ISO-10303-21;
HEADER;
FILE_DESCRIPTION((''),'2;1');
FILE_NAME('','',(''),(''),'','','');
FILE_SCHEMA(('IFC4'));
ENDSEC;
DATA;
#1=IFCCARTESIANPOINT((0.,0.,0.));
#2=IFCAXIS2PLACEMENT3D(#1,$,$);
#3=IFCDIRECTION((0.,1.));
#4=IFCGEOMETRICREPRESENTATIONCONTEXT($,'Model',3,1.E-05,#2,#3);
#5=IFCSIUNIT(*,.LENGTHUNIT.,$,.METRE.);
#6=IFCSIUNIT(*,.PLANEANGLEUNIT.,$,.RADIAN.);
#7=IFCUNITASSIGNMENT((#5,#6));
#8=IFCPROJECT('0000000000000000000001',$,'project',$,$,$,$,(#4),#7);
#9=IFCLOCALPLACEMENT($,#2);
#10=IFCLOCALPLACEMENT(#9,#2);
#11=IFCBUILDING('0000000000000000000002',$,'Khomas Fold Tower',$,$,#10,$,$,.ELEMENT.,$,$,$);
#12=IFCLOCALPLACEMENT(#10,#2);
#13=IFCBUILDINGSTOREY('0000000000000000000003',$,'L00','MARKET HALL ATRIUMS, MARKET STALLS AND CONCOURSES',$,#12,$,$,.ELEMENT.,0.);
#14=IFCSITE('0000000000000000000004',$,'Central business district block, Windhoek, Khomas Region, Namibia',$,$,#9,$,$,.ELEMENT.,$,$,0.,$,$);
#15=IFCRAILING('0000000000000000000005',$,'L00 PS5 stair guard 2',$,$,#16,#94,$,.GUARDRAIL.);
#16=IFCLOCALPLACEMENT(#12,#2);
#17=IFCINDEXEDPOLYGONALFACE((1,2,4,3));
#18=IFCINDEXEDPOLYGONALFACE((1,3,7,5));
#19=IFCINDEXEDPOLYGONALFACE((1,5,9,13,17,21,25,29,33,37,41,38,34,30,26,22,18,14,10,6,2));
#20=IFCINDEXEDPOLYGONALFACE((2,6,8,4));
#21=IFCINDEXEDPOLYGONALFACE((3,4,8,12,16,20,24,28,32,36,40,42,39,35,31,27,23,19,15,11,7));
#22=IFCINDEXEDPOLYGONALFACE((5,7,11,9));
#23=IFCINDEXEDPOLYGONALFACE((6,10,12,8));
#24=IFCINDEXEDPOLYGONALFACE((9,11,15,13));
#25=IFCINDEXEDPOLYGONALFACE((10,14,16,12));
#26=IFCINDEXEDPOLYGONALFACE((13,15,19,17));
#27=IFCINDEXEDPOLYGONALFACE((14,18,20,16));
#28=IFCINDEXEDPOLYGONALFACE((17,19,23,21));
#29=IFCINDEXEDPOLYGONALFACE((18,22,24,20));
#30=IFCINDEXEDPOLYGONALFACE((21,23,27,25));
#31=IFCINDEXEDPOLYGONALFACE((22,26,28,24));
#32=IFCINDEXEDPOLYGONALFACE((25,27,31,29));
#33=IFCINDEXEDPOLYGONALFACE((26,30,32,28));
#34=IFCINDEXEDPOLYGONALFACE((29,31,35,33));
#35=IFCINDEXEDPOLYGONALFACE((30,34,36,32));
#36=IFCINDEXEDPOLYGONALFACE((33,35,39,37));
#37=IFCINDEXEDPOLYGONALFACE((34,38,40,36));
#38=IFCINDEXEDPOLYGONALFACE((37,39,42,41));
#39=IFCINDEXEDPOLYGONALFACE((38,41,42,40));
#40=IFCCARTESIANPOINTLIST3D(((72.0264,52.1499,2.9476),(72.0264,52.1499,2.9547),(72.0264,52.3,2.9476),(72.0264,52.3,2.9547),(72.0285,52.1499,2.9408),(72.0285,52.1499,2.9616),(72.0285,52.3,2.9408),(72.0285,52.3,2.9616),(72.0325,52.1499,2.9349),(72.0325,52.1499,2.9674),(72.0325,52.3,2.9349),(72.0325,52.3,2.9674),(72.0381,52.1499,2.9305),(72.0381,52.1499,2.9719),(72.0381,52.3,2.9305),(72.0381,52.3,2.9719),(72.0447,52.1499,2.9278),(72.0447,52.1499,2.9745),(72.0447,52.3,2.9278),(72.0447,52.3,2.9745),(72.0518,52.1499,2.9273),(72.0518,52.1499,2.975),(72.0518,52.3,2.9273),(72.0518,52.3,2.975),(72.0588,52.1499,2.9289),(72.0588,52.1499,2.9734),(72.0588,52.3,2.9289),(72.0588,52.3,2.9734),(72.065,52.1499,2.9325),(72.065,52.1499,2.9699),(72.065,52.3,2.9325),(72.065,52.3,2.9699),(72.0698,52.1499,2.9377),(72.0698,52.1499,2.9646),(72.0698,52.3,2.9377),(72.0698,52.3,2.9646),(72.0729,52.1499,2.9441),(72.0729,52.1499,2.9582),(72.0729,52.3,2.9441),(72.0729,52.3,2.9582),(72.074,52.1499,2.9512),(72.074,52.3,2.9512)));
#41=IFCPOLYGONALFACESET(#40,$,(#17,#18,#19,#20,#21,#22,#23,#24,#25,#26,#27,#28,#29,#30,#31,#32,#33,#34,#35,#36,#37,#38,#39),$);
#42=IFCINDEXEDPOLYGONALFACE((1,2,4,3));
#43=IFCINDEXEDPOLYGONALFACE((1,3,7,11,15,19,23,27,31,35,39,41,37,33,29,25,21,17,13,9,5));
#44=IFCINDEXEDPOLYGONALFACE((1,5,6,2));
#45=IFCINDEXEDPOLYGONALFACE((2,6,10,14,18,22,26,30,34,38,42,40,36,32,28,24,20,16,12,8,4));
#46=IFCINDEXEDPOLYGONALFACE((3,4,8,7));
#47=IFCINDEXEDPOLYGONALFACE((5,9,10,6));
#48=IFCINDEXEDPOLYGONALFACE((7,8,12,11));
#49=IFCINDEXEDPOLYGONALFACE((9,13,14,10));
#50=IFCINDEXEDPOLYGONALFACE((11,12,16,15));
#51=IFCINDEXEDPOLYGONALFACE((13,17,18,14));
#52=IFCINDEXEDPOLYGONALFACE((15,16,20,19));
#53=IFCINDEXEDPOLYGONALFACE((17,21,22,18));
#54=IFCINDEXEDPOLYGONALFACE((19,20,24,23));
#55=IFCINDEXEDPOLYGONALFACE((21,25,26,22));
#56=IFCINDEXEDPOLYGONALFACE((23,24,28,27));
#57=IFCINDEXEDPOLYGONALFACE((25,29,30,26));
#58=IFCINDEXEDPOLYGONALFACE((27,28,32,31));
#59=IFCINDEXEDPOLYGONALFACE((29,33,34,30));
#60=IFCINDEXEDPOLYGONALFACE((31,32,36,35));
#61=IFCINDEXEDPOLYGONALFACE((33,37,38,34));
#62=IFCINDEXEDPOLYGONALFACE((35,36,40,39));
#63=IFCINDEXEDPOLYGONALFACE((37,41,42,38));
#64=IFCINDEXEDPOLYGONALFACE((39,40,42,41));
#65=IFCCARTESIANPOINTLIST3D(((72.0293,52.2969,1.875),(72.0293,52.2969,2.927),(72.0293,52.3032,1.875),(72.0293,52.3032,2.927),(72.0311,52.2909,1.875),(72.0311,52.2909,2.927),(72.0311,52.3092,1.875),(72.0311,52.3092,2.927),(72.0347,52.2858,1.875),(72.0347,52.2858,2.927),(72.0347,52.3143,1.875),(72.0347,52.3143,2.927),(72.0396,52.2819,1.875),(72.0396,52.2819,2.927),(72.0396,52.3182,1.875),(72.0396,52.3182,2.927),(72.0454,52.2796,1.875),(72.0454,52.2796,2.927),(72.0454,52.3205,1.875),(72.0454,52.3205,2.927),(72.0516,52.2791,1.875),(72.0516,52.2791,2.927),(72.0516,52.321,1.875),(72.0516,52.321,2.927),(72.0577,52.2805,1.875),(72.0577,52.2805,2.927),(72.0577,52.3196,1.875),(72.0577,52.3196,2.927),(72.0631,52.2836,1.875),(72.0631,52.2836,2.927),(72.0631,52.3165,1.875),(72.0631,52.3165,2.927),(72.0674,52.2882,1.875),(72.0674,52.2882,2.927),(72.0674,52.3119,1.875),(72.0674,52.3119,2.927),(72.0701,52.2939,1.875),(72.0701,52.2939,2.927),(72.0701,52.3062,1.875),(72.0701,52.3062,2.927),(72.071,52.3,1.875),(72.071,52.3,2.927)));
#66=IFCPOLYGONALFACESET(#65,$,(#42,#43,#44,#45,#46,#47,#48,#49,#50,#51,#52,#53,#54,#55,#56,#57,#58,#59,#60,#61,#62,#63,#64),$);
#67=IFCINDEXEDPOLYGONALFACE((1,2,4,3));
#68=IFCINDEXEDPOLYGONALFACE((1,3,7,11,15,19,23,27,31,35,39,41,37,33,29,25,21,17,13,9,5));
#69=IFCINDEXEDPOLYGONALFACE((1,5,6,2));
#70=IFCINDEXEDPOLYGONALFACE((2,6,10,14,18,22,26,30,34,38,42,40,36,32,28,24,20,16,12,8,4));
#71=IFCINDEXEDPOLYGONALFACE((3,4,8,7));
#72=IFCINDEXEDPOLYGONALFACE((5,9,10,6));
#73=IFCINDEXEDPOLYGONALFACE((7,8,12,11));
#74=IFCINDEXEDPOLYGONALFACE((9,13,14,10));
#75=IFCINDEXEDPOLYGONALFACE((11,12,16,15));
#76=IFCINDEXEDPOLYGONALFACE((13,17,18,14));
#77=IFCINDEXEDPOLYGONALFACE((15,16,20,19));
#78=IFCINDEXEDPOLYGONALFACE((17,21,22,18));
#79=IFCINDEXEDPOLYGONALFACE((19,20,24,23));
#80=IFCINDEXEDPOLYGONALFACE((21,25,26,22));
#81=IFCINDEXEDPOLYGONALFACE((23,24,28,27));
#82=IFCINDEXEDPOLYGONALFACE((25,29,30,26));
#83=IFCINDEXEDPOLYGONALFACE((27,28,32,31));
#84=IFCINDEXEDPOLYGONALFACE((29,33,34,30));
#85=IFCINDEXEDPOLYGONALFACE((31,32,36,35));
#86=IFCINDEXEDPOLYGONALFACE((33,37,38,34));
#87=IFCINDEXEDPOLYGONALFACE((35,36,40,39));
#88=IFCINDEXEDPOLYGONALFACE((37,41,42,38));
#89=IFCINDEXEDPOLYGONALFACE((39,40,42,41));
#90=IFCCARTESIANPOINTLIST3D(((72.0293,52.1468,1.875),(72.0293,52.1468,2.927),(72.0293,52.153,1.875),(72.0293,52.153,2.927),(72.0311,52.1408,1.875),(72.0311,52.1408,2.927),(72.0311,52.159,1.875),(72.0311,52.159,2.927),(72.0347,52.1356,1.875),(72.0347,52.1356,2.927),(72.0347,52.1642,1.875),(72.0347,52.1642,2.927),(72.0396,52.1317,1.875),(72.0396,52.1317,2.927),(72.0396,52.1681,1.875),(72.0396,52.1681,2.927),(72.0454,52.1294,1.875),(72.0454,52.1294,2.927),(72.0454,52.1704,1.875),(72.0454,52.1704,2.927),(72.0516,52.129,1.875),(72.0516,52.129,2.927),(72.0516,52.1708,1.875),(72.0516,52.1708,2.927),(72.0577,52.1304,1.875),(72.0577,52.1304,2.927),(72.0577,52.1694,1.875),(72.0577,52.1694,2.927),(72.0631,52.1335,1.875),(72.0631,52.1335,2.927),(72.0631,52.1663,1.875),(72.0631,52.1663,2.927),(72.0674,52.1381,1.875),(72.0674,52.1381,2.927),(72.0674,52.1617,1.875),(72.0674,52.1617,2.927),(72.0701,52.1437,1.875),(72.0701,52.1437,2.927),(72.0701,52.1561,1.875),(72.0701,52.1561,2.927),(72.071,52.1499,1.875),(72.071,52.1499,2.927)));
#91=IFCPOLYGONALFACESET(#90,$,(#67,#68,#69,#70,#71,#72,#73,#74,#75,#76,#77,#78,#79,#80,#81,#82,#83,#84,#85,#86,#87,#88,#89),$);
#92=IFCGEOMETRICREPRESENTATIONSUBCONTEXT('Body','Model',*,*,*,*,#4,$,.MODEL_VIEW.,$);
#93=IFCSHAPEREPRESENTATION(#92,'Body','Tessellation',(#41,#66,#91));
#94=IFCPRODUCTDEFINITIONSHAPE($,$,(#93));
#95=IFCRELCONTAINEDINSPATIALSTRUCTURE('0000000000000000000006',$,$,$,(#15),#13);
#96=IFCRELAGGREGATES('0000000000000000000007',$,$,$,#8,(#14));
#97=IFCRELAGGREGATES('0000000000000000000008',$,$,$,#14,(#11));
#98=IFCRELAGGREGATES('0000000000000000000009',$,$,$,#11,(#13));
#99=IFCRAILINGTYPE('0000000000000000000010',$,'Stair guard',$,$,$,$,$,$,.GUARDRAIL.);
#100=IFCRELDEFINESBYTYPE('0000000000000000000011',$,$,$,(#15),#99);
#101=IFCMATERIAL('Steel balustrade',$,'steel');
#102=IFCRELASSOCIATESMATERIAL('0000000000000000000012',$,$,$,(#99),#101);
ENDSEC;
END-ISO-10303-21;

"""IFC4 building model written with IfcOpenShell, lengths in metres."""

from ifc_helpers import new_model, si_unit, direction, frame, origin, origin_2d, place, context, subcontext, project, spatial, circle, extrude, source, transform, mapped, material, type_object, element, save


model = new_model("IFC4")

# Units and contexts
model_context = context("Model", 3, precision=1e-05, world=origin(), true_north=direction((0.0, 1.0)))
body_context = subcontext(model_context, "Body", "Model", "MODEL_VIEW")
ifc_project = project(units=[si_unit("LENGTHUNIT", "METRE"), si_unit("PLANEANGLEUNIT", "RADIAN")], contexts=[model_context])

# Site, building, storey
site_placement = place(None, origin())
site = spatial("IfcSite", under=ifc_project, at=site_placement, Name="Central business district block, Windhoek, Khomas Region, Namibia", CompositionType="ELEMENT", RefElevation=0.0)
building_placement = place(site_placement, origin())
building = spatial("IfcBuilding", under=site, at=building_placement, Name="Khomas Fold Tower", CompositionType="ELEMENT")
storey_placement = place(building_placement, origin())
storey = spatial("IfcBuildingStorey", under=building, at=storey_placement, Name="L00", Description="MARKET HALL ATRIUMS, MARKET STALLS AND CONCOURSES", CompositionType="ELEMENT", Elevation=0.0)

# Railing
ifc_material_1 = material(Name="Steel balustrade", Category="steel")
railing_type = type_object("IfcRailingType", Name="Stair guard", PredefinedType="GUARDRAIL", material=ifc_material_1)
shared_shape_1 = source(origin(), body_context, "Body", "SweptSolid", [
    extrude(circle(Radius=0.0239, at=origin_2d()), frame((0.0, 0.0, 1.0762), z_axis=(0.0, -1.0, 0.0), x_axis=(1.0, 0.0, 0.0)), (0.0, 0.0, 1.0), 0.1501),
    extrude(circle(Radius=0.021, at=origin_2d()), origin(), (0.0, 0.0, 1.0), 1.052),
    extrude(circle(Radius=0.021, at=origin_2d()), frame((0.0, -0.1501, 0.0)), (0.0, 0.0, 1.0), 1.052),
])
railing_placement = place(storey_placement, frame((72.05, 52.3, 1.875)))
element("IfcRailing", 1, at=railing_placement, inside=storey, type_object=railing_type, Name="L00 PS5 stair guard 2", PredefinedType="GUARDRAIL", context=body_context, shape_type="MappedRepresentation", body=[
    mapped(shared_shape_1, transform((0.0, 0.0, 0.0))),
])

save(model, "model.ifc")
